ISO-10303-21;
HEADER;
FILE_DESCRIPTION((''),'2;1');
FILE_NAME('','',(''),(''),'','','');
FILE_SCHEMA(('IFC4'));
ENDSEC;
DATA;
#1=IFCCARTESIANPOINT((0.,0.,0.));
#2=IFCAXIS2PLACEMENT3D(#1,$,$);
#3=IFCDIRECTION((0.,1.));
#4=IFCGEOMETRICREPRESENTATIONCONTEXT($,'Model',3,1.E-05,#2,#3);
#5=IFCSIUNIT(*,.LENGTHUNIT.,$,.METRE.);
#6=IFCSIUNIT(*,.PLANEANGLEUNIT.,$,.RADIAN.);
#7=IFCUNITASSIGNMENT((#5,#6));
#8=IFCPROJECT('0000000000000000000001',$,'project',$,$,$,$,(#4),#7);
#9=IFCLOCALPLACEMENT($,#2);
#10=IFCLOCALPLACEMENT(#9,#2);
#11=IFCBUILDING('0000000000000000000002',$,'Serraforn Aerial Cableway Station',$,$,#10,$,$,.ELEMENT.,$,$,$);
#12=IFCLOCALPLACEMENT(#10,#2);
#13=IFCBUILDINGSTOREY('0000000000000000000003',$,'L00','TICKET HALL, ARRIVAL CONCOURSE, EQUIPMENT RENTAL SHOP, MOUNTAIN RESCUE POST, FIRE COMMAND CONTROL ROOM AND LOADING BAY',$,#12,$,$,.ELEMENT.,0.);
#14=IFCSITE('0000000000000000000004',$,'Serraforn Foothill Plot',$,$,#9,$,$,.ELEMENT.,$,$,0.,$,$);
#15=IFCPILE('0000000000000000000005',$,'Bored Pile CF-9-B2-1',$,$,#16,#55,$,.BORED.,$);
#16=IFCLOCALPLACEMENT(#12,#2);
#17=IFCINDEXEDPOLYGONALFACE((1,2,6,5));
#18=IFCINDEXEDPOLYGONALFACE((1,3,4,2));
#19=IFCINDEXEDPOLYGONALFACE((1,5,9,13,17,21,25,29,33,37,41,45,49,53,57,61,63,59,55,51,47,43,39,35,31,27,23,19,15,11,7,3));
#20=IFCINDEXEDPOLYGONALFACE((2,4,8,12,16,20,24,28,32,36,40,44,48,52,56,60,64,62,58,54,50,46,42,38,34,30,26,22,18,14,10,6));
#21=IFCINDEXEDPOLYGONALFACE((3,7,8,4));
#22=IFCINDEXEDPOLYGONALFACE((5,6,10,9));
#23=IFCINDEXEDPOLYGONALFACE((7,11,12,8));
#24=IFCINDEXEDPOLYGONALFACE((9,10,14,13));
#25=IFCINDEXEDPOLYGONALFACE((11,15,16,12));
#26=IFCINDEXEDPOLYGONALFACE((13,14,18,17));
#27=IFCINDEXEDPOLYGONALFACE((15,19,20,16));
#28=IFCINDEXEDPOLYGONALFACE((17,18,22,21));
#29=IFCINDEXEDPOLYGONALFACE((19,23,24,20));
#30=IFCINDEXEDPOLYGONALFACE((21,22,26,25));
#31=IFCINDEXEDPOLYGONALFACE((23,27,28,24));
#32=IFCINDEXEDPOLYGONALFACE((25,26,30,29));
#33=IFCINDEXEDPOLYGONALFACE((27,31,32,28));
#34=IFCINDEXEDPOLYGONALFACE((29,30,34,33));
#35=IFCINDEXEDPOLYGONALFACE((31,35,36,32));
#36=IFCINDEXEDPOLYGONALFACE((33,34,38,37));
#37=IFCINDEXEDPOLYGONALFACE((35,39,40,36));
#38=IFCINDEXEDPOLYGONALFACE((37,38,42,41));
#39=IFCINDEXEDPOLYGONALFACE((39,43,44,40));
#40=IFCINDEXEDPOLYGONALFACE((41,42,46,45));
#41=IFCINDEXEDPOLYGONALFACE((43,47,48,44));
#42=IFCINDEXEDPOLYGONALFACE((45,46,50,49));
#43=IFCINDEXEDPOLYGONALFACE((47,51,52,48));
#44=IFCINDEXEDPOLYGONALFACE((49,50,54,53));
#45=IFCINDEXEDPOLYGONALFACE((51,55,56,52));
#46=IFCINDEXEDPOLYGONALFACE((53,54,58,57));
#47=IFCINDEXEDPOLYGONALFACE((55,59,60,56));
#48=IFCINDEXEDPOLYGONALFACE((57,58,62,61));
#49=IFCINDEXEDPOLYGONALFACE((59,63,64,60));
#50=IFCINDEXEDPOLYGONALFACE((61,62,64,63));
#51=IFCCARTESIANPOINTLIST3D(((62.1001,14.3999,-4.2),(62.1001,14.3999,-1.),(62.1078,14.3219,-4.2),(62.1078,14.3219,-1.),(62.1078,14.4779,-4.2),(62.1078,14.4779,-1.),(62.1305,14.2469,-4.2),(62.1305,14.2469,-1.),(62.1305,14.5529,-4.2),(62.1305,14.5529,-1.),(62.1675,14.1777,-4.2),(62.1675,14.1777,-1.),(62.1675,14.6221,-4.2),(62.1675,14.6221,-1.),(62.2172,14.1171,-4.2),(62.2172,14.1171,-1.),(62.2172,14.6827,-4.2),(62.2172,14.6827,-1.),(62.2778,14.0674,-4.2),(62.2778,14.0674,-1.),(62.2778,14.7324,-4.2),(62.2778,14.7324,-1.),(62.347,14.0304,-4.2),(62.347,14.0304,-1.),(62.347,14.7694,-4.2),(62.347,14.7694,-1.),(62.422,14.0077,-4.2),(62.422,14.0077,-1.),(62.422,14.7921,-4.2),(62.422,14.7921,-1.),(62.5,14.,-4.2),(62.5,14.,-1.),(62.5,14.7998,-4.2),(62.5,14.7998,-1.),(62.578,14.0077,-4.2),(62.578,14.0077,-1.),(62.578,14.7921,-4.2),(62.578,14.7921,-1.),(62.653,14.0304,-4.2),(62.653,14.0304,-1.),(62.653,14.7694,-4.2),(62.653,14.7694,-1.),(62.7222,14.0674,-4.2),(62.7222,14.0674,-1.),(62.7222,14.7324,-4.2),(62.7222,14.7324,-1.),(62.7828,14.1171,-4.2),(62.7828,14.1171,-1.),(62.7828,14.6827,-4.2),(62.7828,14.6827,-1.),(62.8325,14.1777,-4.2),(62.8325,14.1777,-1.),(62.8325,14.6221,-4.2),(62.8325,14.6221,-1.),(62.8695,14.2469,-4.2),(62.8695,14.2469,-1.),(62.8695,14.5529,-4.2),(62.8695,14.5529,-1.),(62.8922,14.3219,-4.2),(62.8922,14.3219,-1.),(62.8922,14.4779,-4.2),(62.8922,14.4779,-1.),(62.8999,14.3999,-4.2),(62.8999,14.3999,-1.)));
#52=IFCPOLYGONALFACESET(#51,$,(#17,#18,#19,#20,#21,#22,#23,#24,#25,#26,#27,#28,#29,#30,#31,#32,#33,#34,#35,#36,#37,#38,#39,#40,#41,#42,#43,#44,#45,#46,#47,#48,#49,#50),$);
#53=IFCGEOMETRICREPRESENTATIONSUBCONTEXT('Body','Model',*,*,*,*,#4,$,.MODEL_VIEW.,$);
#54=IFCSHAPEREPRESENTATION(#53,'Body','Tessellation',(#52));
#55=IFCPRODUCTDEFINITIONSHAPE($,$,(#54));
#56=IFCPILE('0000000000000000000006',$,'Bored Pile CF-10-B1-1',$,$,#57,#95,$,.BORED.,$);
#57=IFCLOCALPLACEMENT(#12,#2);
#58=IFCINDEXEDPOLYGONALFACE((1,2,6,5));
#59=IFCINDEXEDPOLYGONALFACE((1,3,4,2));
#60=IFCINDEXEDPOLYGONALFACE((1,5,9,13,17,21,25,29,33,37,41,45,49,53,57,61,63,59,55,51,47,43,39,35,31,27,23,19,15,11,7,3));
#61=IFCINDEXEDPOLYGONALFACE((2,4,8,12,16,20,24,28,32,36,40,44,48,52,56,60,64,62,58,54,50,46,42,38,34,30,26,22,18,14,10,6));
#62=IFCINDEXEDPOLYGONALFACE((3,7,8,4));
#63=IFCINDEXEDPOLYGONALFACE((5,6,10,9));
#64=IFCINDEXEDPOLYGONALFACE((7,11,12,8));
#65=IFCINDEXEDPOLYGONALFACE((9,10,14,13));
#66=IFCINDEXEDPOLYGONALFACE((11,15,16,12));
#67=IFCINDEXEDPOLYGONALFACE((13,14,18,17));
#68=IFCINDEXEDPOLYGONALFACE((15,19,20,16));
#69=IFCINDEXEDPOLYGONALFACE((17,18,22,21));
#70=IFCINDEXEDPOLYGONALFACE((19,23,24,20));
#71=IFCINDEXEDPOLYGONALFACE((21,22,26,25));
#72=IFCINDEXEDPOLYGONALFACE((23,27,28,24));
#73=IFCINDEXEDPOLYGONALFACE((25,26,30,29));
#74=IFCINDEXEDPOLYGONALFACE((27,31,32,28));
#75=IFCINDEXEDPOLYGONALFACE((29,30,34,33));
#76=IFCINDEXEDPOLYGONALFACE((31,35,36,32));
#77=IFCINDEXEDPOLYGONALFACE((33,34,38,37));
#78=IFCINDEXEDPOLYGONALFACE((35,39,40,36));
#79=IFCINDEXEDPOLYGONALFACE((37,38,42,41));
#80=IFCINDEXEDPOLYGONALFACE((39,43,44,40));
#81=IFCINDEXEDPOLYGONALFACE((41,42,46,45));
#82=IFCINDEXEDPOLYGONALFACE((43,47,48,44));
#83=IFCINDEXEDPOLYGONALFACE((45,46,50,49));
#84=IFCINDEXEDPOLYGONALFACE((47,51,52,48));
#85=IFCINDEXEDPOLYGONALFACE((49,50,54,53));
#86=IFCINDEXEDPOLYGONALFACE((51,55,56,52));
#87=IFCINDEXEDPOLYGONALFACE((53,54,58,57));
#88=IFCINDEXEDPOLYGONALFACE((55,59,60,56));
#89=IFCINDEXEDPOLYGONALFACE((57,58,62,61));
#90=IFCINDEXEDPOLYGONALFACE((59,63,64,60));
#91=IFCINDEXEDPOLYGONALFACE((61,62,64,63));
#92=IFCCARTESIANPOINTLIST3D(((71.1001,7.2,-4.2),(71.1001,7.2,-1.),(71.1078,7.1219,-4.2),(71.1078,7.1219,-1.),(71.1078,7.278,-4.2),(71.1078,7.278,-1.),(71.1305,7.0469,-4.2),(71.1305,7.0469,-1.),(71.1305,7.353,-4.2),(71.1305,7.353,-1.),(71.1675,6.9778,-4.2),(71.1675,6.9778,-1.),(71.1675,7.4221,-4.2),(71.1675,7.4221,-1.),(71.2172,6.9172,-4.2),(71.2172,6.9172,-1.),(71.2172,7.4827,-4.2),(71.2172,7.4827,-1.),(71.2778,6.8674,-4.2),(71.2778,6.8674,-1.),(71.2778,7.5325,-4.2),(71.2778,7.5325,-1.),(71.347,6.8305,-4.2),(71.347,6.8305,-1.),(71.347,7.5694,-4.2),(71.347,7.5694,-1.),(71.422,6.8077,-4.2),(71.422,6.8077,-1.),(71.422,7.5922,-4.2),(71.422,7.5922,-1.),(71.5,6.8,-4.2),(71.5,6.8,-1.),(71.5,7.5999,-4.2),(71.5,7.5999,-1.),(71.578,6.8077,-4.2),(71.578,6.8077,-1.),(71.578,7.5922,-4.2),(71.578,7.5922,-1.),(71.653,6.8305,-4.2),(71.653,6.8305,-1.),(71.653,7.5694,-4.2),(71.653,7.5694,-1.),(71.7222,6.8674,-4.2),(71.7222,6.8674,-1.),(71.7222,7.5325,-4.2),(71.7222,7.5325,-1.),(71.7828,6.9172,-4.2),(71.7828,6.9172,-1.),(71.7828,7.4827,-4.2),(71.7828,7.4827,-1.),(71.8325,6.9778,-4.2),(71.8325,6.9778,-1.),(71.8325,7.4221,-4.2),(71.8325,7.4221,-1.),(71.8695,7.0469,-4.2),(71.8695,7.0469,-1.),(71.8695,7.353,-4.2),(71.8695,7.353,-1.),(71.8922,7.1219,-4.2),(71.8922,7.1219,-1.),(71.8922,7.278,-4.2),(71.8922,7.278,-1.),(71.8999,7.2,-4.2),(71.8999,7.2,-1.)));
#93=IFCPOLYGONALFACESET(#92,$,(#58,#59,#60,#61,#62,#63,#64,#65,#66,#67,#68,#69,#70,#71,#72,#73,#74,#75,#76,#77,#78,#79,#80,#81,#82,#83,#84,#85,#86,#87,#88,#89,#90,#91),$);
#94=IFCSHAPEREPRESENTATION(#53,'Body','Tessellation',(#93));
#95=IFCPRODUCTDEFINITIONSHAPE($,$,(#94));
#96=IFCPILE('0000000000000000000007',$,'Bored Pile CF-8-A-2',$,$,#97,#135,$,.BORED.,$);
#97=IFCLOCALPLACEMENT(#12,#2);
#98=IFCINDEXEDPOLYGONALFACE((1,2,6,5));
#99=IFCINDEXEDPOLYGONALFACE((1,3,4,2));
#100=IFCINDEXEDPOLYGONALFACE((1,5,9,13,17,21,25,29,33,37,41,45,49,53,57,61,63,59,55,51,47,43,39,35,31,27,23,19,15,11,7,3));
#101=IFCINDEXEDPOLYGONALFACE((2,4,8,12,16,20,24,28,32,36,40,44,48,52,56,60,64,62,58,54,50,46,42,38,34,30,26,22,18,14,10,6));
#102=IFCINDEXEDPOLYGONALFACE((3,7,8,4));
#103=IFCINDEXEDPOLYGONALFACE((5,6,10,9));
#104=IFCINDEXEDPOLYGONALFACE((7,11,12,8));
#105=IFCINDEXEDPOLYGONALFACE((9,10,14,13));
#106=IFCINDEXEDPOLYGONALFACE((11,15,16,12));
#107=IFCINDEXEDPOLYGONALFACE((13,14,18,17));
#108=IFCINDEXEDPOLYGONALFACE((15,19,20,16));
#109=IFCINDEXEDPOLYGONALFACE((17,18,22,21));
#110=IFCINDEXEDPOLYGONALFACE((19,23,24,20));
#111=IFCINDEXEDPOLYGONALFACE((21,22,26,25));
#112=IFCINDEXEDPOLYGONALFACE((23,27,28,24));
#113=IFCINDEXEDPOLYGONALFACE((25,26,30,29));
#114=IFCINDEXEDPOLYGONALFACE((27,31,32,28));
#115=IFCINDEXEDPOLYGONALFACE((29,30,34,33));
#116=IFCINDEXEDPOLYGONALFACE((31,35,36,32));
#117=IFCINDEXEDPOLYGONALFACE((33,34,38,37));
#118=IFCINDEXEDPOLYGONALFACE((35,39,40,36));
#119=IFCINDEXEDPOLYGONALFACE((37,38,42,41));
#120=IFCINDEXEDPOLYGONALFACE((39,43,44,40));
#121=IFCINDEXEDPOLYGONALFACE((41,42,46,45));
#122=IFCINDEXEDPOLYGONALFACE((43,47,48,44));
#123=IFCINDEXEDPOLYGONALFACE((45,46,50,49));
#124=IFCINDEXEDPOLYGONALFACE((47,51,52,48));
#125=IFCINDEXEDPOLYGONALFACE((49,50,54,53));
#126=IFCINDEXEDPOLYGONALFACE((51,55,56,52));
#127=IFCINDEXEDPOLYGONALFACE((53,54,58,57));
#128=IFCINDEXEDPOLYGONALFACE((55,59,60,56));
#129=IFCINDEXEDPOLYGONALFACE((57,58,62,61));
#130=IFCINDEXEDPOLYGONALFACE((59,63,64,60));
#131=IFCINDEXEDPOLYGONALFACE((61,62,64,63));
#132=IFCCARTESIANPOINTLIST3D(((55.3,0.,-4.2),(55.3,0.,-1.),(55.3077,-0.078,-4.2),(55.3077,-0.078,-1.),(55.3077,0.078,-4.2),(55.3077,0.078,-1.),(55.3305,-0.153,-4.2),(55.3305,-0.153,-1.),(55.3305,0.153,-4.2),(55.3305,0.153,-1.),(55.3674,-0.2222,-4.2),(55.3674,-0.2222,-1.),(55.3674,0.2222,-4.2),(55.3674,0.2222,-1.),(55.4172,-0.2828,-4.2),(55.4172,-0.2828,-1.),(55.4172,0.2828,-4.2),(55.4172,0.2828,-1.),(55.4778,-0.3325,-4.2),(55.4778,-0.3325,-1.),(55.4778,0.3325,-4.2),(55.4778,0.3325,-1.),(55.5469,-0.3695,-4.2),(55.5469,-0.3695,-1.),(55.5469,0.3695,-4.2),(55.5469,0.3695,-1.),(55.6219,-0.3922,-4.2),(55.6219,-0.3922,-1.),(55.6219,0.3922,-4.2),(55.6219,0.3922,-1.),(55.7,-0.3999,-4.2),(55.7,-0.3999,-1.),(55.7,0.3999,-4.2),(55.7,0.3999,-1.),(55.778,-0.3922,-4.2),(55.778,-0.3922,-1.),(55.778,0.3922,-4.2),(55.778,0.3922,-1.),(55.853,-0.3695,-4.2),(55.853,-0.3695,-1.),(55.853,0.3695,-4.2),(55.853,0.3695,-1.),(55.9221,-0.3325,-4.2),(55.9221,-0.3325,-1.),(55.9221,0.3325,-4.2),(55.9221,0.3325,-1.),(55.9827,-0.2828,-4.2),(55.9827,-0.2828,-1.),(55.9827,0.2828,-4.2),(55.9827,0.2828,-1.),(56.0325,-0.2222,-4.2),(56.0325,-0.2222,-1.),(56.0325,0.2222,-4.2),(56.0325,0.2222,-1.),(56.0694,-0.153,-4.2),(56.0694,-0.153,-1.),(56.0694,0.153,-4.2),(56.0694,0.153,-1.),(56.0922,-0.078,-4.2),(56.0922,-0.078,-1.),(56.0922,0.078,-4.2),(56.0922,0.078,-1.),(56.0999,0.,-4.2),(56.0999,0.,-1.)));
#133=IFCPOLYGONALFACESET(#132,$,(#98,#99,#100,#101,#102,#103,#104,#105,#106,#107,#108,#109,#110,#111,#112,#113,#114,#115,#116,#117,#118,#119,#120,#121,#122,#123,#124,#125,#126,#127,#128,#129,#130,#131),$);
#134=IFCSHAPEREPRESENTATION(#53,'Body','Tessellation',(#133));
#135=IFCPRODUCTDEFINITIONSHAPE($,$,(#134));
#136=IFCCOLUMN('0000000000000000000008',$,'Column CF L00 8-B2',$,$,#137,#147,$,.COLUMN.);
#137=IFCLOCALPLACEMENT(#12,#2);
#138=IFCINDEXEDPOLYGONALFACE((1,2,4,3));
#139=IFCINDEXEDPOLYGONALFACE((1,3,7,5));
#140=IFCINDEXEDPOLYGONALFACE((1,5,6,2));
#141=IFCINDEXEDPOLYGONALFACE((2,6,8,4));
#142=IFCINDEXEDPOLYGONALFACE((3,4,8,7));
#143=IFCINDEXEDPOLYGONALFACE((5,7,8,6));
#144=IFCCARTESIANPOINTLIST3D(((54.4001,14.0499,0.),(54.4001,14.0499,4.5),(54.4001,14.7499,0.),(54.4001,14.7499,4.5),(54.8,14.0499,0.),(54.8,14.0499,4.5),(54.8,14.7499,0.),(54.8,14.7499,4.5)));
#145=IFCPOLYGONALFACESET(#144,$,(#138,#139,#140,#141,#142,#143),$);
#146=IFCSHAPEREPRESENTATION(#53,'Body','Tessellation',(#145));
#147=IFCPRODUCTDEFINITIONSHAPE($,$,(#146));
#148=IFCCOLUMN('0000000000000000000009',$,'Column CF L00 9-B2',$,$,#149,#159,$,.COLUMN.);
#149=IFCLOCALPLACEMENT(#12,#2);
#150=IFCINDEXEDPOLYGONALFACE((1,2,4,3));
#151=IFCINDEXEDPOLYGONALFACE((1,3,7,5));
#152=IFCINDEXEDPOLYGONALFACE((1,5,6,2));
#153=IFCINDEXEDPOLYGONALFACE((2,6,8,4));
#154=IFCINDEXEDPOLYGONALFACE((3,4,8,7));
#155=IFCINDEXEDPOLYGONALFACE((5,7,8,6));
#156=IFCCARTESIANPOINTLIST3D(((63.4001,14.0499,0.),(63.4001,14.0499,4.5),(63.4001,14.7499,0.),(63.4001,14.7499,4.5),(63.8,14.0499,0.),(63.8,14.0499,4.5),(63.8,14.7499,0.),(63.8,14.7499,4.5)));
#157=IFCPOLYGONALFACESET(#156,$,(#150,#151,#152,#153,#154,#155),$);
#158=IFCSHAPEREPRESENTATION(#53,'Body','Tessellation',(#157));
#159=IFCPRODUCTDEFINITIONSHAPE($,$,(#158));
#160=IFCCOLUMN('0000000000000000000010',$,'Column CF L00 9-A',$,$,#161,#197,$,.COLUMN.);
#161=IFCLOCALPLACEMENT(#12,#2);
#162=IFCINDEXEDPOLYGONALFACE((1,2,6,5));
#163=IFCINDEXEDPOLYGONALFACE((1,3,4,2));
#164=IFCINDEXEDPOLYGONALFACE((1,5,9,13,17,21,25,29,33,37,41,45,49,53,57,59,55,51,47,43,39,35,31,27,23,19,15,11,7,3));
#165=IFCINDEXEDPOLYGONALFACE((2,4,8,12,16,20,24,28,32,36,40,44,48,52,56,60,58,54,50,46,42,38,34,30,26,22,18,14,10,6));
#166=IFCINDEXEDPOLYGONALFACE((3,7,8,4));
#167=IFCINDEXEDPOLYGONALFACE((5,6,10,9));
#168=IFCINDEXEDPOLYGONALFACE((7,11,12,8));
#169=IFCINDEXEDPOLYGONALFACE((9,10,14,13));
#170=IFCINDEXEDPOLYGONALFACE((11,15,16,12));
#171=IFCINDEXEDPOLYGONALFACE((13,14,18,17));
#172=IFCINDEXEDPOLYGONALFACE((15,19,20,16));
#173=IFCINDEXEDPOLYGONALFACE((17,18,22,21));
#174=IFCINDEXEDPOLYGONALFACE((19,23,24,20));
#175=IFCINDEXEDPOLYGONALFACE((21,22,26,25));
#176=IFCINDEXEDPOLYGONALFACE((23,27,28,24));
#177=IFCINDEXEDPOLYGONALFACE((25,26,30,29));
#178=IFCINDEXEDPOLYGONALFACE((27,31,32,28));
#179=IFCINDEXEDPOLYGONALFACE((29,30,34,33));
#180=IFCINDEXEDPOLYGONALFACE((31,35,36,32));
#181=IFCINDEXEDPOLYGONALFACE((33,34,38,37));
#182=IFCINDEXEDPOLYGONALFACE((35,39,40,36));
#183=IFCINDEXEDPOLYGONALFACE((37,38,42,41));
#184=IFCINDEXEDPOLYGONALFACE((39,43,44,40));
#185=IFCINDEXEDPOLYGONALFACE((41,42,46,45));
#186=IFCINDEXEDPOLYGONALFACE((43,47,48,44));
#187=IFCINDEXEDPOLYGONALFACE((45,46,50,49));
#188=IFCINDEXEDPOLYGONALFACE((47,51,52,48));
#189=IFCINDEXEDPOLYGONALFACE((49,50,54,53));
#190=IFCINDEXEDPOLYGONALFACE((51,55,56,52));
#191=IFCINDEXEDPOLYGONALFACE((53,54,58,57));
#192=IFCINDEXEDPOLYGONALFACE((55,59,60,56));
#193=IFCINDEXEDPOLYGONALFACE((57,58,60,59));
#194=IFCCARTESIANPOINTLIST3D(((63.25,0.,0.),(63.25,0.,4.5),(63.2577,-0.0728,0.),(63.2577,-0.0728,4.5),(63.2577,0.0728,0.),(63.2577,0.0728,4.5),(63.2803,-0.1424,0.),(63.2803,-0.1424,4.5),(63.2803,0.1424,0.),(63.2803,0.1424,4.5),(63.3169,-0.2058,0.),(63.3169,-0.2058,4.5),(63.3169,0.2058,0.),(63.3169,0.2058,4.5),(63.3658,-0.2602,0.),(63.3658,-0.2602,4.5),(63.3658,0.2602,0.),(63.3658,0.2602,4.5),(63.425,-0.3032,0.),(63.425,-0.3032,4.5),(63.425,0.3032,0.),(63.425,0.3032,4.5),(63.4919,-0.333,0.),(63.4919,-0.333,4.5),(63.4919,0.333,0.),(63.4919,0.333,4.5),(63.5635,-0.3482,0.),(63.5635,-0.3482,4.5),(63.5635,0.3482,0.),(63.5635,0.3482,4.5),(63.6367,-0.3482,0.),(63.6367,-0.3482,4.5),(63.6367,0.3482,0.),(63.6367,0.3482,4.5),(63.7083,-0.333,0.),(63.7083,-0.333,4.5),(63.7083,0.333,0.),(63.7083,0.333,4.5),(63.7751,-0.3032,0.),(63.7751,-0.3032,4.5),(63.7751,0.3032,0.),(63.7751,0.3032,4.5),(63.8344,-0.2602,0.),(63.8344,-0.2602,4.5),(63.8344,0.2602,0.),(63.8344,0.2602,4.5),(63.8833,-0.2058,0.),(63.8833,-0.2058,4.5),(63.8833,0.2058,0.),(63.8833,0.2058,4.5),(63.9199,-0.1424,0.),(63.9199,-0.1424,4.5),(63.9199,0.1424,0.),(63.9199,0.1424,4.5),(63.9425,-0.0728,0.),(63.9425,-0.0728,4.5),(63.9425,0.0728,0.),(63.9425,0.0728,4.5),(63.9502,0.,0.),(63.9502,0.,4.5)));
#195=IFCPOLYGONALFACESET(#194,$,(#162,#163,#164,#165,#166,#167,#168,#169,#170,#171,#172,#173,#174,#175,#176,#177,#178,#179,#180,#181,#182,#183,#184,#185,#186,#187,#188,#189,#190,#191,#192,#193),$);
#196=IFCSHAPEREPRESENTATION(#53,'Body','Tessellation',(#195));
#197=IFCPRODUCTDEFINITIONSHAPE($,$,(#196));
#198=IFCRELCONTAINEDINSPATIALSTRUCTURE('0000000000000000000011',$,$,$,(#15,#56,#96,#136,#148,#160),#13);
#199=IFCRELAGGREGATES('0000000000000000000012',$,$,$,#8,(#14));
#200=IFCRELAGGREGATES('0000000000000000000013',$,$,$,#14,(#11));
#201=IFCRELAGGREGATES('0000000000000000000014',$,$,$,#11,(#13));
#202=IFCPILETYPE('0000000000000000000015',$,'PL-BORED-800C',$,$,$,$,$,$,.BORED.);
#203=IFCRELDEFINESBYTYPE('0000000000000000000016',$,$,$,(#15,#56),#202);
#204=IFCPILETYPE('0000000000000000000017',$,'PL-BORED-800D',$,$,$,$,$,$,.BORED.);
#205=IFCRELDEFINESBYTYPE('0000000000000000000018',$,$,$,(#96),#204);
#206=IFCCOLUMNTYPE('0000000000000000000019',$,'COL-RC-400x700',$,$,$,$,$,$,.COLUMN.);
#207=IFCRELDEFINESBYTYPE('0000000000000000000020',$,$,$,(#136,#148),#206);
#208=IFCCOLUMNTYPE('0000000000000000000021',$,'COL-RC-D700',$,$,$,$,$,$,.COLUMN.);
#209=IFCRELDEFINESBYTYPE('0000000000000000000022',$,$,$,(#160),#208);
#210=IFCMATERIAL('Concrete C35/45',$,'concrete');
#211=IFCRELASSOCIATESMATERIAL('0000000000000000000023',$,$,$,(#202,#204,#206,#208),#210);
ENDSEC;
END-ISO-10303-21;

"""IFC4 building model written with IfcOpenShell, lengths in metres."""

from ifc_helpers import new_model, si_unit, direction, frame, origin, origin_2d, place, context, subcontext, project, spatial, rectangle, circle, extrude, material, material_profile, profile_set, type_object, element, save


model = new_model("IFC4")

# Units and contexts
model_context = context("Model", 3, precision=1e-05, world=origin(), true_north=direction((0.0, 1.0)))
body_context = subcontext(model_context, "Body", "Model", "MODEL_VIEW")
ifc_project = project(units=[si_unit("LENGTHUNIT", "METRE"), si_unit("PLANEANGLEUNIT", "RADIAN")], contexts=[model_context])

# Site, building, storey
site_placement = place(None, origin())
site = spatial("IfcSite", under=ifc_project, at=site_placement, Name="Serraforn Foothill Plot", CompositionType="ELEMENT", RefElevation=0.0)
building_placement = place(site_placement, origin())
building = spatial("IfcBuilding", under=site, at=building_placement, Name="Serraforn Aerial Cableway Station", CompositionType="ELEMENT")
storey_placement = place(building_placement, origin())
storey = spatial("IfcBuildingStorey", under=building, at=storey_placement, Name="L00", Description="TICKET HALL, ARRIVAL CONCOURSE, EQUIPMENT RENTAL SHOP, MOUNTAIN RESCUE POST, FIRE COMMAND CONTROL ROOM AND LOADING BAY", CompositionType="ELEMENT", Elevation=0.0)

# Shared definitions
ifc_material_1 = material(Name="Concrete C35/45", Category="concrete")

# Piles
ifc_material_profile_1 = material_profile(ifc_material_1, circle(Radius=0.3999, at=origin_2d()), Name="BORED PILE D800")
ifc_profile_set_1 = profile_set([ifc_material_profile_1], Name="Concrete C35/45")
pile_type_1 = type_object("IfcPileType", Name="PL-BORED-800C", PredefinedType="BORED", material=ifc_profile_set_1)
for number, where, z_axis, x_axis, name in (
    (1, (62.5, 14.3999, -1.0), (0.0, 0.0, -1.0), (1.0, 0.0, 0.0), "Bored Pile CF-9-B2-1"),
    (2, (71.5, 7.2, -1.0), (0.0, 0.0, -1.0), (1.0, 0.0, 0.0), "Bored Pile CF-10-B1-1"),
):
    element("IfcPile", number, at=place(storey_placement, frame(where, z_axis=z_axis, x_axis=x_axis)), inside=storey, type_object=pile_type_1, Name=name, PredefinedType="BORED", context=body_context, shape_type="SweptSolid", body=[
        extrude(circle(Radius=0.3999, at=origin_2d()), origin(), (0.0, 0.0, 1.0), 3.2),
    ])
ifc_material_profile_2 = material_profile(ifc_material_1, circle(Radius=0.3999, at=origin_2d()), Name="BORED PILE D800")
ifc_profile_set_2 = profile_set([ifc_material_profile_2], Name="Concrete C35/45")
pile_type_2 = type_object("IfcPileType", Name="PL-BORED-800D", PredefinedType="BORED", material=ifc_profile_set_2)
pile_placement = place(storey_placement, frame((55.7, 0.0, -1.0), z_axis=(0.0, 0.0, -1.0), x_axis=(1.0, 0.0, 0.0)))
element("IfcPile", 3, at=pile_placement, inside=storey, type_object=pile_type_2, Name="Bored Pile CF-8-A-2", PredefinedType="BORED", context=body_context, shape_type="SweptSolid", body=[
    extrude(circle(Radius=0.3999, at=origin_2d()), origin(), (0.0, 0.0, 1.0), 3.2),
])

# Columns
ifc_material_profile_3 = material_profile(ifc_material_1, rectangle(XDim=0.3999, YDim=0.7, at=origin_2d()), Name="RC 400x700")
ifc_profile_set_3 = profile_set([ifc_material_profile_3], Name="Concrete C35/45")
column_type_1 = type_object("IfcColumnType", Name="COL-RC-400x700", PredefinedType="COLUMN", material=ifc_profile_set_3)
for number, where, z_axis, x_axis, name in (
    (4, (54.6001, 14.3999, 0.0), (0.0, 0.0, 1.0), (1.0, 0.0, 0.0), "Column CF L00 8-B2"),
    (5, (63.6001, 14.3999, 0.0), (0.0, 0.0, 1.0), (1.0, 0.0, 0.0), "Column CF L00 9-B2"),
):
    element("IfcColumn", number, at=place(storey_placement, frame(where, z_axis=z_axis, x_axis=x_axis)), inside=storey, type_object=column_type_1, Name=name, PredefinedType="COLUMN", context=body_context, shape_type="SweptSolid", body=[
        extrude(rectangle(XDim=0.3999, YDim=0.7, at=origin_2d()), origin(), (0.0, 0.0, 1.0), 4.5),
    ])
ifc_material_profile_4 = material_profile(ifc_material_1, circle(Radius=0.3501, at=origin_2d()), Name="RC D700")
ifc_profile_set_4 = profile_set([ifc_material_profile_4], Name="Concrete C35/45")
column_type_2 = type_object("IfcColumnType", Name="COL-RC-D700", PredefinedType="COLUMN", material=ifc_profile_set_4)
column_placement = place(storey_placement, frame((63.6001, 0.0, 0.0), z_axis=(0.0, 0.0, 1.0), x_axis=(1.0, 0.0, 0.0)))
element("IfcColumn", 6, at=column_placement, inside=storey, type_object=column_type_2, Name="Column CF L00 9-A", PredefinedType="COLUMN", context=body_context, shape_type="SweptSolid", body=[
    extrude(circle(Radius=0.3501, at=origin_2d()), origin(), (0.0, 0.0, 1.0), 4.5),
])

save(model, "model.ifc")
